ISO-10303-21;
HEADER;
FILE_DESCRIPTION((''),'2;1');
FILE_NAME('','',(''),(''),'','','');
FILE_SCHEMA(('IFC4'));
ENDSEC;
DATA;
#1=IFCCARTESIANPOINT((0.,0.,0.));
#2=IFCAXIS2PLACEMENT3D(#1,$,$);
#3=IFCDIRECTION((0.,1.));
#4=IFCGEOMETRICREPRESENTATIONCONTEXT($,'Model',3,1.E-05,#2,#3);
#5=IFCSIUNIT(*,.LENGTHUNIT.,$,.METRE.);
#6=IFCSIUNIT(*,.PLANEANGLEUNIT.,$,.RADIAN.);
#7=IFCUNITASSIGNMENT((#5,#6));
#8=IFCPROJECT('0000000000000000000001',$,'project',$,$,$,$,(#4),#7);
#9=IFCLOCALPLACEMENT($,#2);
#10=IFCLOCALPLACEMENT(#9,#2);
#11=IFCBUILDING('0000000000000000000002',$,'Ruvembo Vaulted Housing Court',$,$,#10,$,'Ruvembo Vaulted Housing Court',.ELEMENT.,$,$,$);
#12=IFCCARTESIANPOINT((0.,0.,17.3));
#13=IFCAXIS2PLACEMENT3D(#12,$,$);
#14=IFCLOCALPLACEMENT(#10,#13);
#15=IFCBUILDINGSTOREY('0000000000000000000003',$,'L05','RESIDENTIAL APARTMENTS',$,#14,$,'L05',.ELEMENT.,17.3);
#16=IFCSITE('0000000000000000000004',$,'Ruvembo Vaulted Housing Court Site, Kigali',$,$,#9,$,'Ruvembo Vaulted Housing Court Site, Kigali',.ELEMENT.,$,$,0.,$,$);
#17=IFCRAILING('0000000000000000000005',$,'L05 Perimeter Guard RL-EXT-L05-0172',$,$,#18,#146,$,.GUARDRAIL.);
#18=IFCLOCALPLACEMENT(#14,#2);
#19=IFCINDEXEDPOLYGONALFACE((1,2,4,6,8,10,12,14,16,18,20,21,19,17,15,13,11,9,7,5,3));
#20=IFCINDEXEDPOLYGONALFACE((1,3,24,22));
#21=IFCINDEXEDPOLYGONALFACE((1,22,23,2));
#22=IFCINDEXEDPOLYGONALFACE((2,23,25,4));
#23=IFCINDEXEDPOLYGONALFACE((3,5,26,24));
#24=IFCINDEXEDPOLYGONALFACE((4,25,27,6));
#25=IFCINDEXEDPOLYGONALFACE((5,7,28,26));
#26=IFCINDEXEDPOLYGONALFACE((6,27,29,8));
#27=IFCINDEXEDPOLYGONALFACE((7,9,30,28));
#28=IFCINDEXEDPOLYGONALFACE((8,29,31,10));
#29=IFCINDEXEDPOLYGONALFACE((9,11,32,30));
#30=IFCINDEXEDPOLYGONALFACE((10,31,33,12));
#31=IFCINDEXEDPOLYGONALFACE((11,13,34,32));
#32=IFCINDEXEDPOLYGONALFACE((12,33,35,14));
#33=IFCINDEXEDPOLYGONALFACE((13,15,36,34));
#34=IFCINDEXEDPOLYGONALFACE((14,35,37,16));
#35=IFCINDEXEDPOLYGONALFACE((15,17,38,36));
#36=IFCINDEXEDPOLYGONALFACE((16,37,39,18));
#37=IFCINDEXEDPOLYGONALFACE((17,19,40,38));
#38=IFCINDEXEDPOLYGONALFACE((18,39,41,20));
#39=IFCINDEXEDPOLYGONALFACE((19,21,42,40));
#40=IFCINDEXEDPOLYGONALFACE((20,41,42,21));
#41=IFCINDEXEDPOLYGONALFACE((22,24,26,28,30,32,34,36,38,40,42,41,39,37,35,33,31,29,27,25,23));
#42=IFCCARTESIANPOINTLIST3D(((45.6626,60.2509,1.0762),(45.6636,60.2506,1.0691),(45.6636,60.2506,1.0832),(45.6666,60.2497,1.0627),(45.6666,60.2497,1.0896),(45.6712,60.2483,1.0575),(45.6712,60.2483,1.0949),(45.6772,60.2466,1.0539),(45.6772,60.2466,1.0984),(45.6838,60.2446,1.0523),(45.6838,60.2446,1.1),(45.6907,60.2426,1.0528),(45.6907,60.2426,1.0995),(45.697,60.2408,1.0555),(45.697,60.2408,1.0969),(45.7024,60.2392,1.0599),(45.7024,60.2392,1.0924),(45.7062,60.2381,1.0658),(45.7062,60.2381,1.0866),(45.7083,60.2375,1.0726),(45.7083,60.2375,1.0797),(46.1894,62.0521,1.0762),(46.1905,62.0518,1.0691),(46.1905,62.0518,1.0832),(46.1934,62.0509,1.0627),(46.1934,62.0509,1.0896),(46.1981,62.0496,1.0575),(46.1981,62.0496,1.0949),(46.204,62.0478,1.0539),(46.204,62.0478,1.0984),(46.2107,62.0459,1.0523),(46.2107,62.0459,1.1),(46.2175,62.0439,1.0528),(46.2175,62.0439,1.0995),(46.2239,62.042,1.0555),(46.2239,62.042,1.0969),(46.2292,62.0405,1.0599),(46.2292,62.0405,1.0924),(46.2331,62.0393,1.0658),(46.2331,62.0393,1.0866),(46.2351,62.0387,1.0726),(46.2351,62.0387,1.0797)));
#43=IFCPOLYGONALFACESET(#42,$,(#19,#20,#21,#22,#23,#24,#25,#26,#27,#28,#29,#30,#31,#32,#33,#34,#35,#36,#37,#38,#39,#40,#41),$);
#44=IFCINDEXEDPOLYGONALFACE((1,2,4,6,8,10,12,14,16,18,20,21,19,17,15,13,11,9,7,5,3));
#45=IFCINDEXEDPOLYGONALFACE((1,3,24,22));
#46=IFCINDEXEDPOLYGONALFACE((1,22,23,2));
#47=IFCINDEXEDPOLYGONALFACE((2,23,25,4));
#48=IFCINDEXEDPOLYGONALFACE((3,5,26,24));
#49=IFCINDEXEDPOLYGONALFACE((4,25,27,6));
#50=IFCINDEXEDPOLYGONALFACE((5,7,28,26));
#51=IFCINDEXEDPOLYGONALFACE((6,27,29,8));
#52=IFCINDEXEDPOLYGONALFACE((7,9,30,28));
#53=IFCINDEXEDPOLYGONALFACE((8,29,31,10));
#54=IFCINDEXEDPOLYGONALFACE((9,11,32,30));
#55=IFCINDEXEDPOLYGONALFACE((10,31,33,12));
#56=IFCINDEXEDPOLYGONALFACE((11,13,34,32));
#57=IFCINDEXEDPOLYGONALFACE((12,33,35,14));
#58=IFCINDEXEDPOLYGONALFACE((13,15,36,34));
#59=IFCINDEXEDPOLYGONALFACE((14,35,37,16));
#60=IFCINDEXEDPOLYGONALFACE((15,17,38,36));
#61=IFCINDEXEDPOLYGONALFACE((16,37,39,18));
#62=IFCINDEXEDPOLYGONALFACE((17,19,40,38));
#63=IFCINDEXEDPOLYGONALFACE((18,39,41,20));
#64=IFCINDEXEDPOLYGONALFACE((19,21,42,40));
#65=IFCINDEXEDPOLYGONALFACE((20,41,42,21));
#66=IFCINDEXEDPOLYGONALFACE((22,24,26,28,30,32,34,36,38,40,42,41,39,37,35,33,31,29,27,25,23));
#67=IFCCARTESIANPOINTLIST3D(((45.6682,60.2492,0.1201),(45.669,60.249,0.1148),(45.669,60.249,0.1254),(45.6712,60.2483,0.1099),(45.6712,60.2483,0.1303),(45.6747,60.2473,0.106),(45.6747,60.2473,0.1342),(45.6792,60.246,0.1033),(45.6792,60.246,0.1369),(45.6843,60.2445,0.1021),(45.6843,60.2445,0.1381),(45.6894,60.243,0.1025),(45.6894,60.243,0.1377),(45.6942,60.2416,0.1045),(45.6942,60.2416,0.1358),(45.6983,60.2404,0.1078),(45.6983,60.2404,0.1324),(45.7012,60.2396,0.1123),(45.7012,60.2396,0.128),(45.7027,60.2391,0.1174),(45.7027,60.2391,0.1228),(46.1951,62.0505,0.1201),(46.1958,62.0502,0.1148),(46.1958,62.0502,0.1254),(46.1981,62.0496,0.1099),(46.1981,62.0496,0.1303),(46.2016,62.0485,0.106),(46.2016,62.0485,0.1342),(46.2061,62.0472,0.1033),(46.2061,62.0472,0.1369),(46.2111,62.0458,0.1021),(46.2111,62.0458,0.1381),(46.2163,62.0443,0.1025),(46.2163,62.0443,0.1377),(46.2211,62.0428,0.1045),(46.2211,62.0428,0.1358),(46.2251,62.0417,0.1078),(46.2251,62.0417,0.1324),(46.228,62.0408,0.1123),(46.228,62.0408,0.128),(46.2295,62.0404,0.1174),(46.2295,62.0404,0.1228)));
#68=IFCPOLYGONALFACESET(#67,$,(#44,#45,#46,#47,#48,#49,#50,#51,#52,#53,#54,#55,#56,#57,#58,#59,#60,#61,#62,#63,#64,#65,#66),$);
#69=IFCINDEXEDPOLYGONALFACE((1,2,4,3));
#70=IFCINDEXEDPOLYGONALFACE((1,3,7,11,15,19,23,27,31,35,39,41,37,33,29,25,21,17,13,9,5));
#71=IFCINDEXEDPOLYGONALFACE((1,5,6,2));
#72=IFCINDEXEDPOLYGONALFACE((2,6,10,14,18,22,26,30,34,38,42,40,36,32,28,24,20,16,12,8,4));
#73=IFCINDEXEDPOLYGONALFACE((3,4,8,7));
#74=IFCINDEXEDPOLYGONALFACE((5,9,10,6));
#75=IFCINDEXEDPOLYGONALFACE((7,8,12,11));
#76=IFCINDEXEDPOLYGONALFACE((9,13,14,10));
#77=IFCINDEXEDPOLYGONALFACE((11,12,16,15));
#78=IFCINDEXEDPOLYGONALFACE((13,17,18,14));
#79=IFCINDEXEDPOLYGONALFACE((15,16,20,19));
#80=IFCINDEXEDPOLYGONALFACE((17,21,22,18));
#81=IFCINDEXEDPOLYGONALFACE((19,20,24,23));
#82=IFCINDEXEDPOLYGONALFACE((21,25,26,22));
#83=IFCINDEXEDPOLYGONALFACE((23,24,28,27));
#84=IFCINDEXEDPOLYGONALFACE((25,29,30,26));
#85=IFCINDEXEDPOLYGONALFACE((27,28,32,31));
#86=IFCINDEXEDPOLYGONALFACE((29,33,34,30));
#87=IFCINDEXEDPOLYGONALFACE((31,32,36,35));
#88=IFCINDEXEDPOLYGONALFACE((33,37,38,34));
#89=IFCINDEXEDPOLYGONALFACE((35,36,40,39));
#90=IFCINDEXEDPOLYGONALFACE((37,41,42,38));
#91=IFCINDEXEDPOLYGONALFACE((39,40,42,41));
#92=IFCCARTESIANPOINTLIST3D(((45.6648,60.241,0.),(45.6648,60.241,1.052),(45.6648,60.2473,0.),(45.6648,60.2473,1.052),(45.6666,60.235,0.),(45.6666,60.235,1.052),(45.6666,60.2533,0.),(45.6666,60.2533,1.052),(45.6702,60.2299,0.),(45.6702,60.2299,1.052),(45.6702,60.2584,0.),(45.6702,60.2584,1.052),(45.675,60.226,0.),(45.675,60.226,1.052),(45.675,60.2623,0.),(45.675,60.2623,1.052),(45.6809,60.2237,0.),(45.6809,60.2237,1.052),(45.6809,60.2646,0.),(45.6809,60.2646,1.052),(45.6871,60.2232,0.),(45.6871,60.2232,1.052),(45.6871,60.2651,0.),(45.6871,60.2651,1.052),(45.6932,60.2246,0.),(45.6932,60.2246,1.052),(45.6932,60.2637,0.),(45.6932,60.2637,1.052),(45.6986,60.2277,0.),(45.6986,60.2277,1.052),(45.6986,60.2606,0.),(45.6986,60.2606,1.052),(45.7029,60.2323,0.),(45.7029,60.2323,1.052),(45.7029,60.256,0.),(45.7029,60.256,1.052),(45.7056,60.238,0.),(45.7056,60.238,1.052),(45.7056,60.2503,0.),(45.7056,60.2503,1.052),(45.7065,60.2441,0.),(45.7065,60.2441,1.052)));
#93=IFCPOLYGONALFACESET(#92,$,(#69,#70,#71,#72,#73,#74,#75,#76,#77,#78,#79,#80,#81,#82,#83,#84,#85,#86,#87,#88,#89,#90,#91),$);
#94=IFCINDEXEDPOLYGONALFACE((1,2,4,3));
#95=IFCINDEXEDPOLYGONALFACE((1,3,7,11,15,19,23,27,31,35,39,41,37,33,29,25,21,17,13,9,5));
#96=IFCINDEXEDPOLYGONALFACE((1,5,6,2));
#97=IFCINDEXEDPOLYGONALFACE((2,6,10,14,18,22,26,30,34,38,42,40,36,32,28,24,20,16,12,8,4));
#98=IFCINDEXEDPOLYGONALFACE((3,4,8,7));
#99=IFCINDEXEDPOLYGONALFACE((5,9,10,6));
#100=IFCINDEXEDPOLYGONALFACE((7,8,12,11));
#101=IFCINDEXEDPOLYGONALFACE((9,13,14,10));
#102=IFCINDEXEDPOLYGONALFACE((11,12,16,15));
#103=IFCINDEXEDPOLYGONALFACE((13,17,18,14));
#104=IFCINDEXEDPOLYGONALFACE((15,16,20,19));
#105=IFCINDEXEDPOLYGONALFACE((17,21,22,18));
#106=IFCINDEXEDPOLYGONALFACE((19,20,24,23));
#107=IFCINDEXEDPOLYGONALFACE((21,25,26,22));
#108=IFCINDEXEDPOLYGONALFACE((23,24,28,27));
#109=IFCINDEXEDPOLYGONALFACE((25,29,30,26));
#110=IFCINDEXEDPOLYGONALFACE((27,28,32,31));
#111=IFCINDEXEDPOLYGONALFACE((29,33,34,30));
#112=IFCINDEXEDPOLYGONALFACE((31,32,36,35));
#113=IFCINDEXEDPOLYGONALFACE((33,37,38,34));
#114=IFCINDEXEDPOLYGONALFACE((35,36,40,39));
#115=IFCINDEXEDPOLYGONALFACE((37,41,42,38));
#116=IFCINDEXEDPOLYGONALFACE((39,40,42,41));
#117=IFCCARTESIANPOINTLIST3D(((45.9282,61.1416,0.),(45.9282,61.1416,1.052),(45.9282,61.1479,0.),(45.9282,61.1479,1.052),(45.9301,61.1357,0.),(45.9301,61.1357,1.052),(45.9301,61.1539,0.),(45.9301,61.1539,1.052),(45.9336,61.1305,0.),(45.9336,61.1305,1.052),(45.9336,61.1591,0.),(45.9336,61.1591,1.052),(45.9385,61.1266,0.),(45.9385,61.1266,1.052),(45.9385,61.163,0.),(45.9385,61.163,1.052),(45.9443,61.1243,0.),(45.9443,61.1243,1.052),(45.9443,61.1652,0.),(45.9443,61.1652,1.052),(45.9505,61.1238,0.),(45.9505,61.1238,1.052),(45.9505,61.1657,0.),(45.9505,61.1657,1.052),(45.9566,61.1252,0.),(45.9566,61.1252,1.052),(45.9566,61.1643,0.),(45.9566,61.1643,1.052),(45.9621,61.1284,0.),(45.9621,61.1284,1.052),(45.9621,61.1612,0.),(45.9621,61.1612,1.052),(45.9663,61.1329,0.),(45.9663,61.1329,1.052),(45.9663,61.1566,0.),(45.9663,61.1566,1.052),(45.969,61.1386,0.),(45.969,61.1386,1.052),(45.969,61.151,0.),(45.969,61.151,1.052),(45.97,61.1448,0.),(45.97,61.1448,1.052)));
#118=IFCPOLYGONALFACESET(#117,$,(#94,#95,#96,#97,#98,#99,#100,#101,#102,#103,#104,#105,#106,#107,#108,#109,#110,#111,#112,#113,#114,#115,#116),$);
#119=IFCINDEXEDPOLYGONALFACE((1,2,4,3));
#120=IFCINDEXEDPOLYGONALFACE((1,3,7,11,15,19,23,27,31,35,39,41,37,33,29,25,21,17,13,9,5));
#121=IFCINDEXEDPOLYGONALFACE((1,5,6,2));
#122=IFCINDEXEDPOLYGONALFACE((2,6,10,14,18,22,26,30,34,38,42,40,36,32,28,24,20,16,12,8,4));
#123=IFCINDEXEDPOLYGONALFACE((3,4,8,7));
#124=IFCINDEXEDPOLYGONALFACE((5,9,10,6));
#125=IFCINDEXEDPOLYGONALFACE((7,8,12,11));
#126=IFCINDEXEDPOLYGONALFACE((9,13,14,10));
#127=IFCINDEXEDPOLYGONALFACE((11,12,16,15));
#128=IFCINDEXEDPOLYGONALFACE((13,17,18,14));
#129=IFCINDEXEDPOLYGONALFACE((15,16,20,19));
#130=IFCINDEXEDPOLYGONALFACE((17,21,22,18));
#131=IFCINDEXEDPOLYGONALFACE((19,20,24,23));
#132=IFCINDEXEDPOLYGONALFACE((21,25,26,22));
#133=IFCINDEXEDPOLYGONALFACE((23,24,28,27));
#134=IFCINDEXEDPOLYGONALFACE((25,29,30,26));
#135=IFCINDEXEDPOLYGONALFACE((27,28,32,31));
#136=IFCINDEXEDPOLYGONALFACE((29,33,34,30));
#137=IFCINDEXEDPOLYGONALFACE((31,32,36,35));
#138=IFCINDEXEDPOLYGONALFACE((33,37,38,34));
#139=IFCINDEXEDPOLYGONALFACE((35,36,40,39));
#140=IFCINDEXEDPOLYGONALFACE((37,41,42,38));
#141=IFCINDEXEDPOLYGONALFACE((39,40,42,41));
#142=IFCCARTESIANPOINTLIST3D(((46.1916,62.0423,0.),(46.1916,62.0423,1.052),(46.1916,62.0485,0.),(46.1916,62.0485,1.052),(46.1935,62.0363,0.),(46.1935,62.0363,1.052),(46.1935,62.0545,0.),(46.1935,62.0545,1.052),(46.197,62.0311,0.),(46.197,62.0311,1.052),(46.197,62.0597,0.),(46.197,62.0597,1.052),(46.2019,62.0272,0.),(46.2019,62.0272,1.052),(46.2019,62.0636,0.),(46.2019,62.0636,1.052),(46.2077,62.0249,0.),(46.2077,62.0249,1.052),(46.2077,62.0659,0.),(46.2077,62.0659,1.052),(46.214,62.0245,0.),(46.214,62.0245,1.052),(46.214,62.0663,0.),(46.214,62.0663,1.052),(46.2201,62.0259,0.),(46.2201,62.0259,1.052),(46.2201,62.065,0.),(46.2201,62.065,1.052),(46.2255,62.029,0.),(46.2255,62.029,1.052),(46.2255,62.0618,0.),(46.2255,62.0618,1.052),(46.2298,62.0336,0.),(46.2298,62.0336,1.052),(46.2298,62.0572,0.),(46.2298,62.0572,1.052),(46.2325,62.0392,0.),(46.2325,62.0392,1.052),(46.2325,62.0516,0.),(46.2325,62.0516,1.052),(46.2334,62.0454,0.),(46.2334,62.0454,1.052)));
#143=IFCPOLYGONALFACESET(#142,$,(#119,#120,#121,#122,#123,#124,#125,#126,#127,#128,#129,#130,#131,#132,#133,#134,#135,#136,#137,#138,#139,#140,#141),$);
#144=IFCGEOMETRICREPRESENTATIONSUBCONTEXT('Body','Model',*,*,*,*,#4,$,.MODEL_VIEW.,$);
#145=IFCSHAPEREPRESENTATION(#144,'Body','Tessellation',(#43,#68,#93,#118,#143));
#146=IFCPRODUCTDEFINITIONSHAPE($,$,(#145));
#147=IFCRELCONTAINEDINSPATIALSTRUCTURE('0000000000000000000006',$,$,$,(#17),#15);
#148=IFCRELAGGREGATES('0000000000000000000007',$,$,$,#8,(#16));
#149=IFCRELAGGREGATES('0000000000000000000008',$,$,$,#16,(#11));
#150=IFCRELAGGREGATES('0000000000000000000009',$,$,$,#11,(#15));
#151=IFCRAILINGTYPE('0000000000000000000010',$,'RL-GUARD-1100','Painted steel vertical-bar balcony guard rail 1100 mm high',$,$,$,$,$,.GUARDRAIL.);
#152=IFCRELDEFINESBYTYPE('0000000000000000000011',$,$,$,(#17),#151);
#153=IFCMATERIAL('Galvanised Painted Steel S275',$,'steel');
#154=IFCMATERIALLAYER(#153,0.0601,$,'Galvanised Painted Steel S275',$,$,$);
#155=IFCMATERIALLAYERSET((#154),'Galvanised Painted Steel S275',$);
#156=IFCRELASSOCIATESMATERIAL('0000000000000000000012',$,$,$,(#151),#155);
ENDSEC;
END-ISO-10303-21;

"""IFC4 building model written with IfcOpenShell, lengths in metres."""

from ifc_helpers import new_model, si_unit, direction, frame, origin, origin_2d, place, context, subcontext, project, spatial, circle, extrude, material, layer, layer_set, type_object, element, save


model = new_model("IFC4")

# Units and contexts
model_context = context("Model", 3, precision=1e-05, world=origin(), true_north=direction((0.0, 1.0)))
body_context = subcontext(model_context, "Body", "Model", "MODEL_VIEW")
ifc_project = project(units=[si_unit("LENGTHUNIT", "METRE"), si_unit("PLANEANGLEUNIT", "RADIAN")], contexts=[model_context])

# Site, building, storey
site_placement = place(None, origin())
site = spatial("IfcSite", under=ifc_project, at=site_placement, Name="Ruvembo Vaulted Housing Court Site, Kigali", LongName="Ruvembo Vaulted Housing Court Site, Kigali", CompositionType="ELEMENT", RefElevation=0.0)
building_placement = place(site_placement, origin())
building = spatial("IfcBuilding", under=site, at=building_placement, Name="Ruvembo Vaulted Housing Court", LongName="Ruvembo Vaulted Housing Court", CompositionType="ELEMENT")
storey_placement = place(building_placement, frame((0.0, 0.0, 17.3)))
storey = spatial("IfcBuildingStorey", under=building, at=storey_placement, Name="L05", Description="RESIDENTIAL APARTMENTS", LongName="L05", CompositionType="ELEMENT", Elevation=17.3)

# Railing
ifc_material_1 = material(Name="Galvanised Painted Steel S275", Category="steel")
ifc_layer = layer(ifc_material_1, 0.0601, Name="Galvanised Painted Steel S275")
ifc_layer_set = layer_set([ifc_layer], Name="Galvanised Painted Steel S275")
railing_type = type_object("IfcRailingType", Name="RL-GUARD-1100", Description="Painted steel vertical-bar balcony guard rail 1100 mm high", PredefinedType="GUARDRAIL", material=ifc_layer_set)
railing_1_placement = place(storey_placement, frame((45.6855, 60.2441, 0.0)))
element("IfcRailing", 1, at=railing_1_placement, inside=storey, type_object=railing_type, Name="L05 Perimeter Guard RL-EXT-L05-0172", PredefinedType="GUARDRAIL", context=body_context, shape_type="SweptSolid", body=[
    extrude(circle(Radius=0.0239, at=origin_2d()), frame((0.0, 0.0, 1.0762), z_axis=(0.280729, 0.959787, 0.0), x_axis=(-0.959787, 0.280729, 0.0)), (0.0, 0.0, 1.0), 1.8767),
    extrude(circle(Radius=0.0181, at=origin_2d()), frame((0.0, 0.0, 0.1201), z_axis=(0.280729, 0.959787, 0.0), x_axis=(-0.959787, 0.280729, 0.0)), (0.0, 0.0, 1.0), 1.8767),
    extrude(circle(Radius=0.021, at=origin_2d()), origin(), (0.0, 0.0, 1.0), 1.052),
    extrude(circle(Radius=0.021, at=origin_2d()), frame((0.2634, 0.9006, 0.0)), (0.0, 0.0, 1.0), 1.052),
    extrude(circle(Radius=0.021, at=origin_2d()), frame((0.5269, 1.8013, 0.0)), (0.0, 0.0, 1.0), 1.052),
])

save(model, "model.ifc")
